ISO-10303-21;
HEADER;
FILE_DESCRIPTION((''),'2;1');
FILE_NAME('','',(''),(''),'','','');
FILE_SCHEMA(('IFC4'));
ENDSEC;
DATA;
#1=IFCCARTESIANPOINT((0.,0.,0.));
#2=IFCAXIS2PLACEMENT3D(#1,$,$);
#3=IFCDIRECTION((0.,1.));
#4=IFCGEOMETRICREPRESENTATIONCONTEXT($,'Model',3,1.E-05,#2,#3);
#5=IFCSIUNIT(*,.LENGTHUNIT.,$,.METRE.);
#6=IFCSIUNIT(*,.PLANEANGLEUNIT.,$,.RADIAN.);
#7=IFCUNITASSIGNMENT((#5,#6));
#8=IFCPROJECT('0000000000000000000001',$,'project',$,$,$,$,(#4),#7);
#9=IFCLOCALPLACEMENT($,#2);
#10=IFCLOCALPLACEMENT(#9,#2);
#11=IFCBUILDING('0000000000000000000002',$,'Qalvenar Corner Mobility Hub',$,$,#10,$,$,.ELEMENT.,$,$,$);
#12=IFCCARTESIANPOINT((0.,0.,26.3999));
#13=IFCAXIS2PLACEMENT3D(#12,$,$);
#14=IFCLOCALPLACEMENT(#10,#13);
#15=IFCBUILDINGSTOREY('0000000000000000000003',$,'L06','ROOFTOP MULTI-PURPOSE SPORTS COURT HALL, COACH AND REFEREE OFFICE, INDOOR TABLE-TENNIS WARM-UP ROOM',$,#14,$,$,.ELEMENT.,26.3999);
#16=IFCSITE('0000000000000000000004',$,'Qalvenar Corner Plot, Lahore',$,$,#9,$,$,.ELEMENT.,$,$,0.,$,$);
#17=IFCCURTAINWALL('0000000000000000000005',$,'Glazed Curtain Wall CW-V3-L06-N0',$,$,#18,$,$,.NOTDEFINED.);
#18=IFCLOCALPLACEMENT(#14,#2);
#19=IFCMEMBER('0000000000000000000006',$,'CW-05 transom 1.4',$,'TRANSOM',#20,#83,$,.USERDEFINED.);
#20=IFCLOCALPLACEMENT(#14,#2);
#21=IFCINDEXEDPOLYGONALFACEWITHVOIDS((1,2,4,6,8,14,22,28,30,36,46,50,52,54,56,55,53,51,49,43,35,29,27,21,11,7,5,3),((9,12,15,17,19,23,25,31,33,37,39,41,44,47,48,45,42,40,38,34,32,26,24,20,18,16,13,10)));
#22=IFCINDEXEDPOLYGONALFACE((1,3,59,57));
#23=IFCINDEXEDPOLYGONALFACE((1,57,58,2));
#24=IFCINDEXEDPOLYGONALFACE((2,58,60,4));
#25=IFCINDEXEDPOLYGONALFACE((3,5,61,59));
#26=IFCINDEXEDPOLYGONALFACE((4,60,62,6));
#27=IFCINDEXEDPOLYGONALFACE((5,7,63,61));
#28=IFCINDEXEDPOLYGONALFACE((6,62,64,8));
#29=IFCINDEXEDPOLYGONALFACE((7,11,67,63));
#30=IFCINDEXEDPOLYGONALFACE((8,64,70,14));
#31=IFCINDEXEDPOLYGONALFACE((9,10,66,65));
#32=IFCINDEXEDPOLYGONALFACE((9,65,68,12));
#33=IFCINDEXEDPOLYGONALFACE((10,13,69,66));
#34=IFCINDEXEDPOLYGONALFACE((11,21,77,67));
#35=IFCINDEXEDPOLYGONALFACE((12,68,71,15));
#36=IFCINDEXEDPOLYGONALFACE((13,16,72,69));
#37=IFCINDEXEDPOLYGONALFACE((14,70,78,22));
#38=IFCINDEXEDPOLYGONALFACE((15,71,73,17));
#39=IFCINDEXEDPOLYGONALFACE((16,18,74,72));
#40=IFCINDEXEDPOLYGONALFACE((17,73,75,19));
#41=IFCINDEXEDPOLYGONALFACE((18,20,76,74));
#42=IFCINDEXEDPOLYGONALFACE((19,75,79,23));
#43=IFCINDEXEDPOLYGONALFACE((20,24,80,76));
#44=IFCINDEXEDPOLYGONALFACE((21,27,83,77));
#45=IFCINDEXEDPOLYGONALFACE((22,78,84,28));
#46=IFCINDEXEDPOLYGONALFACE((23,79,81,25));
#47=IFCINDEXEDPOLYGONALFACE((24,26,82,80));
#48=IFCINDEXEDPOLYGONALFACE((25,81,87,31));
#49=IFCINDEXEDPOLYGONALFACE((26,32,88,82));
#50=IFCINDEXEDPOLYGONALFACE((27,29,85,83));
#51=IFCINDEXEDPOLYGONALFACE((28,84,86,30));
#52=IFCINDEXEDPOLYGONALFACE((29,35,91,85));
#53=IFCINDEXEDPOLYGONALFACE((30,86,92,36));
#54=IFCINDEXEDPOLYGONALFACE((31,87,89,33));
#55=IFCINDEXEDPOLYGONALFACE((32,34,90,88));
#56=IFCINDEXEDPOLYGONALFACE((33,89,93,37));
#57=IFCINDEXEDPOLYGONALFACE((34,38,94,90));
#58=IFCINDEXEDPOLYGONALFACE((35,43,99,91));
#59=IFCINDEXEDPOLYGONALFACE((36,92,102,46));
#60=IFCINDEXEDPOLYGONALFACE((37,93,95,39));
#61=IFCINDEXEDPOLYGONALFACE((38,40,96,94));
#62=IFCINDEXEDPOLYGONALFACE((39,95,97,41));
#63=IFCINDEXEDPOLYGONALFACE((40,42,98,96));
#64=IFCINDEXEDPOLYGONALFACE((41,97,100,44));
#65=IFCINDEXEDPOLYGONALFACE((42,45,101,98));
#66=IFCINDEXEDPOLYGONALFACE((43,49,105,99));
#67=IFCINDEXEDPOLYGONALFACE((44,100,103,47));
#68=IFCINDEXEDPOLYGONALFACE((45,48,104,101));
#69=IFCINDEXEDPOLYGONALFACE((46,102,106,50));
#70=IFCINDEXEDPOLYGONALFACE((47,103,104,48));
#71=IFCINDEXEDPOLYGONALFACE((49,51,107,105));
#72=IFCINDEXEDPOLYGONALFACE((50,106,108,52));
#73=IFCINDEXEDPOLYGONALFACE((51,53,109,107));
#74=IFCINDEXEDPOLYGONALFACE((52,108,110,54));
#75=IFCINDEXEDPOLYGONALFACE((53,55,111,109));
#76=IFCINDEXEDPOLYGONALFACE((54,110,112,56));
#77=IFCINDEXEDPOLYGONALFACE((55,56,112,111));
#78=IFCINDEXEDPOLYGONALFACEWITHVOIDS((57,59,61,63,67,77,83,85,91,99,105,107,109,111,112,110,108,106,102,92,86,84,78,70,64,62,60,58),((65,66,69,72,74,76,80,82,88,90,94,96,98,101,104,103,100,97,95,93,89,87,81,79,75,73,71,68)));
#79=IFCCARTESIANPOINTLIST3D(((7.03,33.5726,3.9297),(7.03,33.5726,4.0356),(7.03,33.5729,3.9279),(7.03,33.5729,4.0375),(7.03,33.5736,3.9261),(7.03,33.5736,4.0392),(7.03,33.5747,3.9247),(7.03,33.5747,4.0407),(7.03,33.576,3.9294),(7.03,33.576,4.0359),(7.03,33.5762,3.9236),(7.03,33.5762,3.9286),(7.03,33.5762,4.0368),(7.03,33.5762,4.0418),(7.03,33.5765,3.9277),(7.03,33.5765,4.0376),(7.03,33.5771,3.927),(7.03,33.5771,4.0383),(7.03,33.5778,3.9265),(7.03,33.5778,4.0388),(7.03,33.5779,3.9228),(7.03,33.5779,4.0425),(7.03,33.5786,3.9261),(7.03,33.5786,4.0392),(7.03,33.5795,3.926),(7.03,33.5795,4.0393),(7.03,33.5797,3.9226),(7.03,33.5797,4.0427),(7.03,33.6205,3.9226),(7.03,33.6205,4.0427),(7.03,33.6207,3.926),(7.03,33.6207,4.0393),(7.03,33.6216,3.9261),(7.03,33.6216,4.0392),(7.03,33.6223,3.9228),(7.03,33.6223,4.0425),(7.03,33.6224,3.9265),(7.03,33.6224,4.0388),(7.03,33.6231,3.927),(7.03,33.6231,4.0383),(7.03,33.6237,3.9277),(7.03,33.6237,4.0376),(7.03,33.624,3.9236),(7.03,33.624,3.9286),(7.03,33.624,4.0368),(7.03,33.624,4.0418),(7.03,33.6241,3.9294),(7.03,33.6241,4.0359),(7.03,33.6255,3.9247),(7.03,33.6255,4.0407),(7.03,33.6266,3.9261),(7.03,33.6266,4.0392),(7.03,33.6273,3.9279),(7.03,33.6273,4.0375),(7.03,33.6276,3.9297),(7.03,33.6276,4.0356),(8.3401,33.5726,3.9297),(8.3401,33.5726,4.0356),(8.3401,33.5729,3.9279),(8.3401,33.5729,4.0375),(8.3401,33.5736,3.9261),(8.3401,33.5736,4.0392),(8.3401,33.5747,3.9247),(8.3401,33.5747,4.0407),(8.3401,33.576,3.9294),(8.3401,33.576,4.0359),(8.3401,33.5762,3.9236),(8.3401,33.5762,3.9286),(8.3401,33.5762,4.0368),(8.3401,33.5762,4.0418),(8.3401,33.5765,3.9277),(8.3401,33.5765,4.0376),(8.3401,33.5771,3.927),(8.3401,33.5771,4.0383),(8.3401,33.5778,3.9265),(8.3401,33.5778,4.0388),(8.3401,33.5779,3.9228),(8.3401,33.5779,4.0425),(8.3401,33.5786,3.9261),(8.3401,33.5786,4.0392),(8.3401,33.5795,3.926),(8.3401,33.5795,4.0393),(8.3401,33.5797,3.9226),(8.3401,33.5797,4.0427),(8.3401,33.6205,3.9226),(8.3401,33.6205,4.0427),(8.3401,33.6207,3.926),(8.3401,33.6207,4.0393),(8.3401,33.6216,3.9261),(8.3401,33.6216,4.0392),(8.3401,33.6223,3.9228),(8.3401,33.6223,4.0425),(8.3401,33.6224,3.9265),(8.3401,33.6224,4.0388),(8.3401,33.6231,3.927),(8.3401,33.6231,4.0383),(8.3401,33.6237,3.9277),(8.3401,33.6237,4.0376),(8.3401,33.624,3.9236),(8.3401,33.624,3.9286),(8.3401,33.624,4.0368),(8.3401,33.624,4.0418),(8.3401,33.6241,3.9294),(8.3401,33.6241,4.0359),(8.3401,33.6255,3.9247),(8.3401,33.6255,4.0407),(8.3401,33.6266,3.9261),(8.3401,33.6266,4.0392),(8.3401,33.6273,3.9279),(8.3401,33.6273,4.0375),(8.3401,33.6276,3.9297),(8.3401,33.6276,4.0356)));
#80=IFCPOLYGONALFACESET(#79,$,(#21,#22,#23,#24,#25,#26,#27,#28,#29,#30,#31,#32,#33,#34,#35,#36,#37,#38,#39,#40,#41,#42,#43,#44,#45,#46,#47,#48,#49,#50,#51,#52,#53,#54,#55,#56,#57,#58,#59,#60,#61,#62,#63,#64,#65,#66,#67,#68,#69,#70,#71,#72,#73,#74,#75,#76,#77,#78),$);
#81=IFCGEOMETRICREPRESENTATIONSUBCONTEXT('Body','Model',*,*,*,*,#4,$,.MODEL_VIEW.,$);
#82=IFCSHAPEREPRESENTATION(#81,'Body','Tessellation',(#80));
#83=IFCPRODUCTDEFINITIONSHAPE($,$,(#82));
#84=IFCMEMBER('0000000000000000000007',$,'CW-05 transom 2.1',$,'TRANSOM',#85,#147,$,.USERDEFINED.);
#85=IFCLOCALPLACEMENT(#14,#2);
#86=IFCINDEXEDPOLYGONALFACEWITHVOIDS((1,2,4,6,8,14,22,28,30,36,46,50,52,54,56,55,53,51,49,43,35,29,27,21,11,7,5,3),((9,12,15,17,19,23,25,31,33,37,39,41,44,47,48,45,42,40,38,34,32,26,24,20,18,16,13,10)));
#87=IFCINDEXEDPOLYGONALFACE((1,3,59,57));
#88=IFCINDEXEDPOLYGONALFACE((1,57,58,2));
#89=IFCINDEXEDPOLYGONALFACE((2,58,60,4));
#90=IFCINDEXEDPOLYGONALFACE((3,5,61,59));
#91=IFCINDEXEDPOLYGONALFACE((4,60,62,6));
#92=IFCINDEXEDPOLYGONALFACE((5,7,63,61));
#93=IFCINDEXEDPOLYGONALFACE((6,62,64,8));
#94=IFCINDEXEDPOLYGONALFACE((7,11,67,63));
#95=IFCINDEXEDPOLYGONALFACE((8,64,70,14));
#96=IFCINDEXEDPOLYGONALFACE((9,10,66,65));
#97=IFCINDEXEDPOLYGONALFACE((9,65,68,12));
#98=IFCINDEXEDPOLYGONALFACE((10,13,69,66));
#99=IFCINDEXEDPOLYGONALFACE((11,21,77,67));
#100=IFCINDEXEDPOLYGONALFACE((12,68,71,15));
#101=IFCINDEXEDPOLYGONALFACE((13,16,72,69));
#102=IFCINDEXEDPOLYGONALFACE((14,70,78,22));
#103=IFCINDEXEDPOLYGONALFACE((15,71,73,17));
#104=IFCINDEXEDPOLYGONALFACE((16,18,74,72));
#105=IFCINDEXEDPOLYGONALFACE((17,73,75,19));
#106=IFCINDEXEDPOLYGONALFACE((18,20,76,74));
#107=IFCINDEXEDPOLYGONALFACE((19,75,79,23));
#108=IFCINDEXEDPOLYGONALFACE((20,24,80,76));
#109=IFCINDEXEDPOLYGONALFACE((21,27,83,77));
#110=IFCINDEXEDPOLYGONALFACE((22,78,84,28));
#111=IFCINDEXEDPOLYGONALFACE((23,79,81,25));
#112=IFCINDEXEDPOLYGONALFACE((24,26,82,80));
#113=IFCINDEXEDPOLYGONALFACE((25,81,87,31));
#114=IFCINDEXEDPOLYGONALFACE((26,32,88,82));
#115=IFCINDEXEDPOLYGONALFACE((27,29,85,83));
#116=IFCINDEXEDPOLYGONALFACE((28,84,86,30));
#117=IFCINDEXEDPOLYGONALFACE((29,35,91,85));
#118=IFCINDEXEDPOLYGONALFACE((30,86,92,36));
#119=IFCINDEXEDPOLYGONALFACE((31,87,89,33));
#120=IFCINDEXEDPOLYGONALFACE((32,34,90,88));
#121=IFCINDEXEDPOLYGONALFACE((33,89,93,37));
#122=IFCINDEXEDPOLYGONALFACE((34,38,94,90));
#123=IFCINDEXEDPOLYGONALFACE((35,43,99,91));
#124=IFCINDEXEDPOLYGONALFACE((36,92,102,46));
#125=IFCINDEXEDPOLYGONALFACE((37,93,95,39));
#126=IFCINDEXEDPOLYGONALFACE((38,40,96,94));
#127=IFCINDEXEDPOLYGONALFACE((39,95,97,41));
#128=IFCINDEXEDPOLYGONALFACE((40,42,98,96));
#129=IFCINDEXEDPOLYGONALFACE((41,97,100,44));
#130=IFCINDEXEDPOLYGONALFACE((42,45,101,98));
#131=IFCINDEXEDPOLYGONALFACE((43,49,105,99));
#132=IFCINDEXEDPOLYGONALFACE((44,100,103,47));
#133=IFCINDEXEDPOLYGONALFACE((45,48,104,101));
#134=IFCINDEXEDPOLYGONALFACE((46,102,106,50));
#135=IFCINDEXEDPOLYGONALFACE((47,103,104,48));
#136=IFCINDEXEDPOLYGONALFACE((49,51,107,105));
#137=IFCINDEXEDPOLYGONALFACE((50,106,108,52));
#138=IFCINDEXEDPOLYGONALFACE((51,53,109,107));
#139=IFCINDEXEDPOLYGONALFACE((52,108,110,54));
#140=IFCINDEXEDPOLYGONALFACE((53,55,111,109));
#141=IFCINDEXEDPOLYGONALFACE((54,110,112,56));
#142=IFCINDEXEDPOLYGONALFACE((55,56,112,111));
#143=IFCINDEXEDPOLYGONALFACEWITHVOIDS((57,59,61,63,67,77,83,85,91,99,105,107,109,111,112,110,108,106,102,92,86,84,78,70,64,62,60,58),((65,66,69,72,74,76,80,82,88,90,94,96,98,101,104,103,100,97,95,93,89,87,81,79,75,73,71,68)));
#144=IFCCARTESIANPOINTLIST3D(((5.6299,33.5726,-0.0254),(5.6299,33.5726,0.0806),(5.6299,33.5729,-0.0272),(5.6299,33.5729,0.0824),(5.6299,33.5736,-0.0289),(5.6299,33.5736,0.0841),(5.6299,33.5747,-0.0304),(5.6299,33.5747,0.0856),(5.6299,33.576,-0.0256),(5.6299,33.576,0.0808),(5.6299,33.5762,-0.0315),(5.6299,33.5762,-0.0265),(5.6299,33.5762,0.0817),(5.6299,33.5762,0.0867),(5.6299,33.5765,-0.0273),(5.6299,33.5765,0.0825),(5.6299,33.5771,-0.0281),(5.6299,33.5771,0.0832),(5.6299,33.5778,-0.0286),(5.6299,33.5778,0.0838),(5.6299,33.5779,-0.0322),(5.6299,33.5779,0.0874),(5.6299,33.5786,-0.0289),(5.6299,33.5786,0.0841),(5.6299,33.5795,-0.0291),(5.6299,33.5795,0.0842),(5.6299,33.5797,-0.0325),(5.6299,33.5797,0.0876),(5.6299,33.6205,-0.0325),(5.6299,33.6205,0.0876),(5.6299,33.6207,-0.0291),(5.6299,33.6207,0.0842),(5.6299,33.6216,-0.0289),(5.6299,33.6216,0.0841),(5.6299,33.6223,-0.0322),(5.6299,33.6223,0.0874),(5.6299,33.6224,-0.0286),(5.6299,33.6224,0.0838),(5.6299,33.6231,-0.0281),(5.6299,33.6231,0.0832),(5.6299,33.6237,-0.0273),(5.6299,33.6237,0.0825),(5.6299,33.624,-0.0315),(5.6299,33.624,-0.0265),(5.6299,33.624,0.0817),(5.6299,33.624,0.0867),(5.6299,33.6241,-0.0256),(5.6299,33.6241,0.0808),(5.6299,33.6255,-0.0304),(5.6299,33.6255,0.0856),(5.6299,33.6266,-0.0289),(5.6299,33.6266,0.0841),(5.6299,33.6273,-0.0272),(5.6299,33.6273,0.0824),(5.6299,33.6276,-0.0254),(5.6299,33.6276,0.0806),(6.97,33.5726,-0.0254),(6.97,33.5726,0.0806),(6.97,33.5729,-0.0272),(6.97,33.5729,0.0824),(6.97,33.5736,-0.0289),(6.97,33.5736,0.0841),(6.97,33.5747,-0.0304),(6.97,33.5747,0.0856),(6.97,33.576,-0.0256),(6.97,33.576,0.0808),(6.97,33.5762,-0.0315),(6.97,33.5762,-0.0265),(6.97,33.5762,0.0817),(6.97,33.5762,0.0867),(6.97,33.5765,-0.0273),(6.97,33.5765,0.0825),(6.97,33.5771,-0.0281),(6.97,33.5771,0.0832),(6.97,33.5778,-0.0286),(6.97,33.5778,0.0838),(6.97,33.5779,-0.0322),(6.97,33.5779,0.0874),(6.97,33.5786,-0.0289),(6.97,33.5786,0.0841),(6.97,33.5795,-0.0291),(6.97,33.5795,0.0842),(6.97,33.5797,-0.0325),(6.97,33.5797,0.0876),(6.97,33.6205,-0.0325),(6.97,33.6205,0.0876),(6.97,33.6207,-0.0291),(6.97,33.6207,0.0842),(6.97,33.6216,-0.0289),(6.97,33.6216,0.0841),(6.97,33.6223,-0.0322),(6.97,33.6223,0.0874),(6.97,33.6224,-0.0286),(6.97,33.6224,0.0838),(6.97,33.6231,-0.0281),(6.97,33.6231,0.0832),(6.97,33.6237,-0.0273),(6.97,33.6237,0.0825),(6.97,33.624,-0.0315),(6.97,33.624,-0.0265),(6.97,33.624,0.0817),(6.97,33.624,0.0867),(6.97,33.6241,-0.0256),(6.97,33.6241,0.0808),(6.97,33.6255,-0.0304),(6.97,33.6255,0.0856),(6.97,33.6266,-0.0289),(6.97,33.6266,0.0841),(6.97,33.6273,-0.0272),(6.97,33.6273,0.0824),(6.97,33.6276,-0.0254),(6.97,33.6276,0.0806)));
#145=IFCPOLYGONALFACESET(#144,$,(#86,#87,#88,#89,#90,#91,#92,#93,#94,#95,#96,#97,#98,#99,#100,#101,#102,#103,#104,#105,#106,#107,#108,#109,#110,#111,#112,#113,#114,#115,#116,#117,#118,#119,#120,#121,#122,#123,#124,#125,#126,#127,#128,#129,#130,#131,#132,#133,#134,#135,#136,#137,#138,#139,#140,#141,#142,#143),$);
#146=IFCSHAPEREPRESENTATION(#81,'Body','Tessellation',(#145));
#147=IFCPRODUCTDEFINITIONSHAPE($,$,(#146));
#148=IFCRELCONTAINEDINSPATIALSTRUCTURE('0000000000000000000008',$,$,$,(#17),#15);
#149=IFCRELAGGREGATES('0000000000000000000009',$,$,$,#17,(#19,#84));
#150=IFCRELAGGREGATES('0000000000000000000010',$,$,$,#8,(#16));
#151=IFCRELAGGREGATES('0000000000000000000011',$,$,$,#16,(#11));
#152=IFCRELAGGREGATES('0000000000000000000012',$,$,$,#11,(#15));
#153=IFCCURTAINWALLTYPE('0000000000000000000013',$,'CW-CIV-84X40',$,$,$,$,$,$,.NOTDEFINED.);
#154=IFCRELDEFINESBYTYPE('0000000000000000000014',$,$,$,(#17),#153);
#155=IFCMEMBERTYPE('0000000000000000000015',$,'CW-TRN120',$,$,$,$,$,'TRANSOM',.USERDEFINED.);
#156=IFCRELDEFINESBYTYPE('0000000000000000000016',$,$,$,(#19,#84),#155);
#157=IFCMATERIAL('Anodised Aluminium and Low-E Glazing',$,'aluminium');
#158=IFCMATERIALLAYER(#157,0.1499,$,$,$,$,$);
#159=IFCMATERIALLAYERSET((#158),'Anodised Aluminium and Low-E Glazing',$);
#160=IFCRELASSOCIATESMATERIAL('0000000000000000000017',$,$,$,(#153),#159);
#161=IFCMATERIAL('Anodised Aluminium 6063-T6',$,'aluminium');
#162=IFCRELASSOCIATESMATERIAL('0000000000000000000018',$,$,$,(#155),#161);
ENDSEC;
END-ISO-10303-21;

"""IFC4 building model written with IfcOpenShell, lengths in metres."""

from ifc_helpers import new_model, si_unit, direction, frame, origin, origin_2d, place, context, subcontext, project, spatial, hollow_rectangle, extrude, material, layer, layer_set, material_profile, profile_set, type_object, element, aggregate, save


model = new_model("IFC4")

# Units and contexts
model_context = context("Model", 3, precision=1e-05, world=origin(), true_north=direction((0.0, 1.0)))
body_context = subcontext(model_context, "Body", "Model", "MODEL_VIEW")
ifc_project = project(units=[si_unit("LENGTHUNIT", "METRE"), si_unit("PLANEANGLEUNIT", "RADIAN")], contexts=[model_context])

# Site, building, storey
site_placement = place(None, origin())
site = spatial("IfcSite", under=ifc_project, at=site_placement, Name="Qalvenar Corner Plot, Lahore", CompositionType="ELEMENT", RefElevation=0.0)
building_placement = place(site_placement, origin())
building = spatial("IfcBuilding", under=site, at=building_placement, Name="Qalvenar Corner Mobility Hub", CompositionType="ELEMENT")
storey_placement = place(building_placement, frame((0.0, 0.0, 26.3999)))
storey = spatial("IfcBuildingStorey", under=building, at=storey_placement, Name="L06", Description="ROOFTOP MULTI-PURPOSE SPORTS COURT HALL, COACH AND REFEREE OFFICE, INDOOR TABLE-TENNIS WARM-UP ROOM", CompositionType="ELEMENT", Elevation=26.3999)

# Curtain wall, members
ifc_material_1 = material(Name="Anodised Aluminium and Low-E Glazing", Category="aluminium")
ifc_layer_1 = layer(ifc_material_1, 0.1499)
ifc_layer_set_1 = layer_set([ifc_layer_1], Name="Anodised Aluminium and Low-E Glazing")
curtain_wall_type = type_object("IfcCurtainWallType", Name="CW-CIV-84X40", PredefinedType="NOTDEFINED", material=ifc_layer_set_1)
curtain_wall_placement = place(storey_placement, origin())
curtain_wall = element("IfcCurtainWall", 1, at=curtain_wall_placement, inside=storey, type_object=curtain_wall_type, Name="Glazed Curtain Wall CW-V3-L06-N0", PredefinedType="NOTDEFINED")
ifc_material_2 = material(Name="Anodised Aluminium 6063-T6", Category="aluminium")
ifc_material_profile_1 = material_profile(ifc_material_2, hollow_rectangle(XDim=0.0549, YDim=0.1201, WallThickness=0.0034, InnerFilletRadius=0.0034, OuterFilletRadius=0.0071, at=origin_2d()), Name="RHS120x55x3.5")
ifc_profile_set_1 = profile_set([ifc_material_profile_1], Name="Anodised Aluminium 6063-T6")
member_type_1 = type_object("IfcMemberType", Name="CW-TRN120", ElementType="TRANSOM", PredefinedType="USERDEFINED", material=ifc_profile_set_1)
member_1_placement = place(storey_placement, frame((8.3401, 33.6001, 3.9827), z_axis=(-1.0, 0.0, 0.0), x_axis=(0.0, -1.0, 0.0)))
member_1 = element("IfcMember", 2, at=member_1_placement, type_object=member_type_1, Name="CW-05 transom 1.4", ObjectType="TRANSOM", PredefinedType="USERDEFINED", context=body_context, shape_type="SweptSolid", body=[
    extrude(hollow_rectangle(XDim=0.0549, YDim=0.1201, WallThickness=0.0034, InnerFilletRadius=0.0034, OuterFilletRadius=0.0071, at=origin_2d()), origin(), (0.0, 0.0, 1.0), 1.3101),
])
member_2_placement = place(storey_placement, frame((6.97, 33.6001, 0.0276), z_axis=(-1.0, 0.0, 0.0), x_axis=(0.0, -1.0, 0.0)))
member_2 = element("IfcMember", 3, at=member_2_placement, type_object=member_type_1, Name="CW-05 transom 2.1", ObjectType="TRANSOM", PredefinedType="USERDEFINED", context=body_context, shape_type="SweptSolid", body=[
    extrude(hollow_rectangle(XDim=0.0549, YDim=0.1201, WallThickness=0.0034, InnerFilletRadius=0.0034, OuterFilletRadius=0.0071, at=origin_2d()), origin(), (0.0, 0.0, 1.0), 1.3401),
])

aggregate(curtain_wall, [member_1, member_2])

save(model, "model.ifc")
